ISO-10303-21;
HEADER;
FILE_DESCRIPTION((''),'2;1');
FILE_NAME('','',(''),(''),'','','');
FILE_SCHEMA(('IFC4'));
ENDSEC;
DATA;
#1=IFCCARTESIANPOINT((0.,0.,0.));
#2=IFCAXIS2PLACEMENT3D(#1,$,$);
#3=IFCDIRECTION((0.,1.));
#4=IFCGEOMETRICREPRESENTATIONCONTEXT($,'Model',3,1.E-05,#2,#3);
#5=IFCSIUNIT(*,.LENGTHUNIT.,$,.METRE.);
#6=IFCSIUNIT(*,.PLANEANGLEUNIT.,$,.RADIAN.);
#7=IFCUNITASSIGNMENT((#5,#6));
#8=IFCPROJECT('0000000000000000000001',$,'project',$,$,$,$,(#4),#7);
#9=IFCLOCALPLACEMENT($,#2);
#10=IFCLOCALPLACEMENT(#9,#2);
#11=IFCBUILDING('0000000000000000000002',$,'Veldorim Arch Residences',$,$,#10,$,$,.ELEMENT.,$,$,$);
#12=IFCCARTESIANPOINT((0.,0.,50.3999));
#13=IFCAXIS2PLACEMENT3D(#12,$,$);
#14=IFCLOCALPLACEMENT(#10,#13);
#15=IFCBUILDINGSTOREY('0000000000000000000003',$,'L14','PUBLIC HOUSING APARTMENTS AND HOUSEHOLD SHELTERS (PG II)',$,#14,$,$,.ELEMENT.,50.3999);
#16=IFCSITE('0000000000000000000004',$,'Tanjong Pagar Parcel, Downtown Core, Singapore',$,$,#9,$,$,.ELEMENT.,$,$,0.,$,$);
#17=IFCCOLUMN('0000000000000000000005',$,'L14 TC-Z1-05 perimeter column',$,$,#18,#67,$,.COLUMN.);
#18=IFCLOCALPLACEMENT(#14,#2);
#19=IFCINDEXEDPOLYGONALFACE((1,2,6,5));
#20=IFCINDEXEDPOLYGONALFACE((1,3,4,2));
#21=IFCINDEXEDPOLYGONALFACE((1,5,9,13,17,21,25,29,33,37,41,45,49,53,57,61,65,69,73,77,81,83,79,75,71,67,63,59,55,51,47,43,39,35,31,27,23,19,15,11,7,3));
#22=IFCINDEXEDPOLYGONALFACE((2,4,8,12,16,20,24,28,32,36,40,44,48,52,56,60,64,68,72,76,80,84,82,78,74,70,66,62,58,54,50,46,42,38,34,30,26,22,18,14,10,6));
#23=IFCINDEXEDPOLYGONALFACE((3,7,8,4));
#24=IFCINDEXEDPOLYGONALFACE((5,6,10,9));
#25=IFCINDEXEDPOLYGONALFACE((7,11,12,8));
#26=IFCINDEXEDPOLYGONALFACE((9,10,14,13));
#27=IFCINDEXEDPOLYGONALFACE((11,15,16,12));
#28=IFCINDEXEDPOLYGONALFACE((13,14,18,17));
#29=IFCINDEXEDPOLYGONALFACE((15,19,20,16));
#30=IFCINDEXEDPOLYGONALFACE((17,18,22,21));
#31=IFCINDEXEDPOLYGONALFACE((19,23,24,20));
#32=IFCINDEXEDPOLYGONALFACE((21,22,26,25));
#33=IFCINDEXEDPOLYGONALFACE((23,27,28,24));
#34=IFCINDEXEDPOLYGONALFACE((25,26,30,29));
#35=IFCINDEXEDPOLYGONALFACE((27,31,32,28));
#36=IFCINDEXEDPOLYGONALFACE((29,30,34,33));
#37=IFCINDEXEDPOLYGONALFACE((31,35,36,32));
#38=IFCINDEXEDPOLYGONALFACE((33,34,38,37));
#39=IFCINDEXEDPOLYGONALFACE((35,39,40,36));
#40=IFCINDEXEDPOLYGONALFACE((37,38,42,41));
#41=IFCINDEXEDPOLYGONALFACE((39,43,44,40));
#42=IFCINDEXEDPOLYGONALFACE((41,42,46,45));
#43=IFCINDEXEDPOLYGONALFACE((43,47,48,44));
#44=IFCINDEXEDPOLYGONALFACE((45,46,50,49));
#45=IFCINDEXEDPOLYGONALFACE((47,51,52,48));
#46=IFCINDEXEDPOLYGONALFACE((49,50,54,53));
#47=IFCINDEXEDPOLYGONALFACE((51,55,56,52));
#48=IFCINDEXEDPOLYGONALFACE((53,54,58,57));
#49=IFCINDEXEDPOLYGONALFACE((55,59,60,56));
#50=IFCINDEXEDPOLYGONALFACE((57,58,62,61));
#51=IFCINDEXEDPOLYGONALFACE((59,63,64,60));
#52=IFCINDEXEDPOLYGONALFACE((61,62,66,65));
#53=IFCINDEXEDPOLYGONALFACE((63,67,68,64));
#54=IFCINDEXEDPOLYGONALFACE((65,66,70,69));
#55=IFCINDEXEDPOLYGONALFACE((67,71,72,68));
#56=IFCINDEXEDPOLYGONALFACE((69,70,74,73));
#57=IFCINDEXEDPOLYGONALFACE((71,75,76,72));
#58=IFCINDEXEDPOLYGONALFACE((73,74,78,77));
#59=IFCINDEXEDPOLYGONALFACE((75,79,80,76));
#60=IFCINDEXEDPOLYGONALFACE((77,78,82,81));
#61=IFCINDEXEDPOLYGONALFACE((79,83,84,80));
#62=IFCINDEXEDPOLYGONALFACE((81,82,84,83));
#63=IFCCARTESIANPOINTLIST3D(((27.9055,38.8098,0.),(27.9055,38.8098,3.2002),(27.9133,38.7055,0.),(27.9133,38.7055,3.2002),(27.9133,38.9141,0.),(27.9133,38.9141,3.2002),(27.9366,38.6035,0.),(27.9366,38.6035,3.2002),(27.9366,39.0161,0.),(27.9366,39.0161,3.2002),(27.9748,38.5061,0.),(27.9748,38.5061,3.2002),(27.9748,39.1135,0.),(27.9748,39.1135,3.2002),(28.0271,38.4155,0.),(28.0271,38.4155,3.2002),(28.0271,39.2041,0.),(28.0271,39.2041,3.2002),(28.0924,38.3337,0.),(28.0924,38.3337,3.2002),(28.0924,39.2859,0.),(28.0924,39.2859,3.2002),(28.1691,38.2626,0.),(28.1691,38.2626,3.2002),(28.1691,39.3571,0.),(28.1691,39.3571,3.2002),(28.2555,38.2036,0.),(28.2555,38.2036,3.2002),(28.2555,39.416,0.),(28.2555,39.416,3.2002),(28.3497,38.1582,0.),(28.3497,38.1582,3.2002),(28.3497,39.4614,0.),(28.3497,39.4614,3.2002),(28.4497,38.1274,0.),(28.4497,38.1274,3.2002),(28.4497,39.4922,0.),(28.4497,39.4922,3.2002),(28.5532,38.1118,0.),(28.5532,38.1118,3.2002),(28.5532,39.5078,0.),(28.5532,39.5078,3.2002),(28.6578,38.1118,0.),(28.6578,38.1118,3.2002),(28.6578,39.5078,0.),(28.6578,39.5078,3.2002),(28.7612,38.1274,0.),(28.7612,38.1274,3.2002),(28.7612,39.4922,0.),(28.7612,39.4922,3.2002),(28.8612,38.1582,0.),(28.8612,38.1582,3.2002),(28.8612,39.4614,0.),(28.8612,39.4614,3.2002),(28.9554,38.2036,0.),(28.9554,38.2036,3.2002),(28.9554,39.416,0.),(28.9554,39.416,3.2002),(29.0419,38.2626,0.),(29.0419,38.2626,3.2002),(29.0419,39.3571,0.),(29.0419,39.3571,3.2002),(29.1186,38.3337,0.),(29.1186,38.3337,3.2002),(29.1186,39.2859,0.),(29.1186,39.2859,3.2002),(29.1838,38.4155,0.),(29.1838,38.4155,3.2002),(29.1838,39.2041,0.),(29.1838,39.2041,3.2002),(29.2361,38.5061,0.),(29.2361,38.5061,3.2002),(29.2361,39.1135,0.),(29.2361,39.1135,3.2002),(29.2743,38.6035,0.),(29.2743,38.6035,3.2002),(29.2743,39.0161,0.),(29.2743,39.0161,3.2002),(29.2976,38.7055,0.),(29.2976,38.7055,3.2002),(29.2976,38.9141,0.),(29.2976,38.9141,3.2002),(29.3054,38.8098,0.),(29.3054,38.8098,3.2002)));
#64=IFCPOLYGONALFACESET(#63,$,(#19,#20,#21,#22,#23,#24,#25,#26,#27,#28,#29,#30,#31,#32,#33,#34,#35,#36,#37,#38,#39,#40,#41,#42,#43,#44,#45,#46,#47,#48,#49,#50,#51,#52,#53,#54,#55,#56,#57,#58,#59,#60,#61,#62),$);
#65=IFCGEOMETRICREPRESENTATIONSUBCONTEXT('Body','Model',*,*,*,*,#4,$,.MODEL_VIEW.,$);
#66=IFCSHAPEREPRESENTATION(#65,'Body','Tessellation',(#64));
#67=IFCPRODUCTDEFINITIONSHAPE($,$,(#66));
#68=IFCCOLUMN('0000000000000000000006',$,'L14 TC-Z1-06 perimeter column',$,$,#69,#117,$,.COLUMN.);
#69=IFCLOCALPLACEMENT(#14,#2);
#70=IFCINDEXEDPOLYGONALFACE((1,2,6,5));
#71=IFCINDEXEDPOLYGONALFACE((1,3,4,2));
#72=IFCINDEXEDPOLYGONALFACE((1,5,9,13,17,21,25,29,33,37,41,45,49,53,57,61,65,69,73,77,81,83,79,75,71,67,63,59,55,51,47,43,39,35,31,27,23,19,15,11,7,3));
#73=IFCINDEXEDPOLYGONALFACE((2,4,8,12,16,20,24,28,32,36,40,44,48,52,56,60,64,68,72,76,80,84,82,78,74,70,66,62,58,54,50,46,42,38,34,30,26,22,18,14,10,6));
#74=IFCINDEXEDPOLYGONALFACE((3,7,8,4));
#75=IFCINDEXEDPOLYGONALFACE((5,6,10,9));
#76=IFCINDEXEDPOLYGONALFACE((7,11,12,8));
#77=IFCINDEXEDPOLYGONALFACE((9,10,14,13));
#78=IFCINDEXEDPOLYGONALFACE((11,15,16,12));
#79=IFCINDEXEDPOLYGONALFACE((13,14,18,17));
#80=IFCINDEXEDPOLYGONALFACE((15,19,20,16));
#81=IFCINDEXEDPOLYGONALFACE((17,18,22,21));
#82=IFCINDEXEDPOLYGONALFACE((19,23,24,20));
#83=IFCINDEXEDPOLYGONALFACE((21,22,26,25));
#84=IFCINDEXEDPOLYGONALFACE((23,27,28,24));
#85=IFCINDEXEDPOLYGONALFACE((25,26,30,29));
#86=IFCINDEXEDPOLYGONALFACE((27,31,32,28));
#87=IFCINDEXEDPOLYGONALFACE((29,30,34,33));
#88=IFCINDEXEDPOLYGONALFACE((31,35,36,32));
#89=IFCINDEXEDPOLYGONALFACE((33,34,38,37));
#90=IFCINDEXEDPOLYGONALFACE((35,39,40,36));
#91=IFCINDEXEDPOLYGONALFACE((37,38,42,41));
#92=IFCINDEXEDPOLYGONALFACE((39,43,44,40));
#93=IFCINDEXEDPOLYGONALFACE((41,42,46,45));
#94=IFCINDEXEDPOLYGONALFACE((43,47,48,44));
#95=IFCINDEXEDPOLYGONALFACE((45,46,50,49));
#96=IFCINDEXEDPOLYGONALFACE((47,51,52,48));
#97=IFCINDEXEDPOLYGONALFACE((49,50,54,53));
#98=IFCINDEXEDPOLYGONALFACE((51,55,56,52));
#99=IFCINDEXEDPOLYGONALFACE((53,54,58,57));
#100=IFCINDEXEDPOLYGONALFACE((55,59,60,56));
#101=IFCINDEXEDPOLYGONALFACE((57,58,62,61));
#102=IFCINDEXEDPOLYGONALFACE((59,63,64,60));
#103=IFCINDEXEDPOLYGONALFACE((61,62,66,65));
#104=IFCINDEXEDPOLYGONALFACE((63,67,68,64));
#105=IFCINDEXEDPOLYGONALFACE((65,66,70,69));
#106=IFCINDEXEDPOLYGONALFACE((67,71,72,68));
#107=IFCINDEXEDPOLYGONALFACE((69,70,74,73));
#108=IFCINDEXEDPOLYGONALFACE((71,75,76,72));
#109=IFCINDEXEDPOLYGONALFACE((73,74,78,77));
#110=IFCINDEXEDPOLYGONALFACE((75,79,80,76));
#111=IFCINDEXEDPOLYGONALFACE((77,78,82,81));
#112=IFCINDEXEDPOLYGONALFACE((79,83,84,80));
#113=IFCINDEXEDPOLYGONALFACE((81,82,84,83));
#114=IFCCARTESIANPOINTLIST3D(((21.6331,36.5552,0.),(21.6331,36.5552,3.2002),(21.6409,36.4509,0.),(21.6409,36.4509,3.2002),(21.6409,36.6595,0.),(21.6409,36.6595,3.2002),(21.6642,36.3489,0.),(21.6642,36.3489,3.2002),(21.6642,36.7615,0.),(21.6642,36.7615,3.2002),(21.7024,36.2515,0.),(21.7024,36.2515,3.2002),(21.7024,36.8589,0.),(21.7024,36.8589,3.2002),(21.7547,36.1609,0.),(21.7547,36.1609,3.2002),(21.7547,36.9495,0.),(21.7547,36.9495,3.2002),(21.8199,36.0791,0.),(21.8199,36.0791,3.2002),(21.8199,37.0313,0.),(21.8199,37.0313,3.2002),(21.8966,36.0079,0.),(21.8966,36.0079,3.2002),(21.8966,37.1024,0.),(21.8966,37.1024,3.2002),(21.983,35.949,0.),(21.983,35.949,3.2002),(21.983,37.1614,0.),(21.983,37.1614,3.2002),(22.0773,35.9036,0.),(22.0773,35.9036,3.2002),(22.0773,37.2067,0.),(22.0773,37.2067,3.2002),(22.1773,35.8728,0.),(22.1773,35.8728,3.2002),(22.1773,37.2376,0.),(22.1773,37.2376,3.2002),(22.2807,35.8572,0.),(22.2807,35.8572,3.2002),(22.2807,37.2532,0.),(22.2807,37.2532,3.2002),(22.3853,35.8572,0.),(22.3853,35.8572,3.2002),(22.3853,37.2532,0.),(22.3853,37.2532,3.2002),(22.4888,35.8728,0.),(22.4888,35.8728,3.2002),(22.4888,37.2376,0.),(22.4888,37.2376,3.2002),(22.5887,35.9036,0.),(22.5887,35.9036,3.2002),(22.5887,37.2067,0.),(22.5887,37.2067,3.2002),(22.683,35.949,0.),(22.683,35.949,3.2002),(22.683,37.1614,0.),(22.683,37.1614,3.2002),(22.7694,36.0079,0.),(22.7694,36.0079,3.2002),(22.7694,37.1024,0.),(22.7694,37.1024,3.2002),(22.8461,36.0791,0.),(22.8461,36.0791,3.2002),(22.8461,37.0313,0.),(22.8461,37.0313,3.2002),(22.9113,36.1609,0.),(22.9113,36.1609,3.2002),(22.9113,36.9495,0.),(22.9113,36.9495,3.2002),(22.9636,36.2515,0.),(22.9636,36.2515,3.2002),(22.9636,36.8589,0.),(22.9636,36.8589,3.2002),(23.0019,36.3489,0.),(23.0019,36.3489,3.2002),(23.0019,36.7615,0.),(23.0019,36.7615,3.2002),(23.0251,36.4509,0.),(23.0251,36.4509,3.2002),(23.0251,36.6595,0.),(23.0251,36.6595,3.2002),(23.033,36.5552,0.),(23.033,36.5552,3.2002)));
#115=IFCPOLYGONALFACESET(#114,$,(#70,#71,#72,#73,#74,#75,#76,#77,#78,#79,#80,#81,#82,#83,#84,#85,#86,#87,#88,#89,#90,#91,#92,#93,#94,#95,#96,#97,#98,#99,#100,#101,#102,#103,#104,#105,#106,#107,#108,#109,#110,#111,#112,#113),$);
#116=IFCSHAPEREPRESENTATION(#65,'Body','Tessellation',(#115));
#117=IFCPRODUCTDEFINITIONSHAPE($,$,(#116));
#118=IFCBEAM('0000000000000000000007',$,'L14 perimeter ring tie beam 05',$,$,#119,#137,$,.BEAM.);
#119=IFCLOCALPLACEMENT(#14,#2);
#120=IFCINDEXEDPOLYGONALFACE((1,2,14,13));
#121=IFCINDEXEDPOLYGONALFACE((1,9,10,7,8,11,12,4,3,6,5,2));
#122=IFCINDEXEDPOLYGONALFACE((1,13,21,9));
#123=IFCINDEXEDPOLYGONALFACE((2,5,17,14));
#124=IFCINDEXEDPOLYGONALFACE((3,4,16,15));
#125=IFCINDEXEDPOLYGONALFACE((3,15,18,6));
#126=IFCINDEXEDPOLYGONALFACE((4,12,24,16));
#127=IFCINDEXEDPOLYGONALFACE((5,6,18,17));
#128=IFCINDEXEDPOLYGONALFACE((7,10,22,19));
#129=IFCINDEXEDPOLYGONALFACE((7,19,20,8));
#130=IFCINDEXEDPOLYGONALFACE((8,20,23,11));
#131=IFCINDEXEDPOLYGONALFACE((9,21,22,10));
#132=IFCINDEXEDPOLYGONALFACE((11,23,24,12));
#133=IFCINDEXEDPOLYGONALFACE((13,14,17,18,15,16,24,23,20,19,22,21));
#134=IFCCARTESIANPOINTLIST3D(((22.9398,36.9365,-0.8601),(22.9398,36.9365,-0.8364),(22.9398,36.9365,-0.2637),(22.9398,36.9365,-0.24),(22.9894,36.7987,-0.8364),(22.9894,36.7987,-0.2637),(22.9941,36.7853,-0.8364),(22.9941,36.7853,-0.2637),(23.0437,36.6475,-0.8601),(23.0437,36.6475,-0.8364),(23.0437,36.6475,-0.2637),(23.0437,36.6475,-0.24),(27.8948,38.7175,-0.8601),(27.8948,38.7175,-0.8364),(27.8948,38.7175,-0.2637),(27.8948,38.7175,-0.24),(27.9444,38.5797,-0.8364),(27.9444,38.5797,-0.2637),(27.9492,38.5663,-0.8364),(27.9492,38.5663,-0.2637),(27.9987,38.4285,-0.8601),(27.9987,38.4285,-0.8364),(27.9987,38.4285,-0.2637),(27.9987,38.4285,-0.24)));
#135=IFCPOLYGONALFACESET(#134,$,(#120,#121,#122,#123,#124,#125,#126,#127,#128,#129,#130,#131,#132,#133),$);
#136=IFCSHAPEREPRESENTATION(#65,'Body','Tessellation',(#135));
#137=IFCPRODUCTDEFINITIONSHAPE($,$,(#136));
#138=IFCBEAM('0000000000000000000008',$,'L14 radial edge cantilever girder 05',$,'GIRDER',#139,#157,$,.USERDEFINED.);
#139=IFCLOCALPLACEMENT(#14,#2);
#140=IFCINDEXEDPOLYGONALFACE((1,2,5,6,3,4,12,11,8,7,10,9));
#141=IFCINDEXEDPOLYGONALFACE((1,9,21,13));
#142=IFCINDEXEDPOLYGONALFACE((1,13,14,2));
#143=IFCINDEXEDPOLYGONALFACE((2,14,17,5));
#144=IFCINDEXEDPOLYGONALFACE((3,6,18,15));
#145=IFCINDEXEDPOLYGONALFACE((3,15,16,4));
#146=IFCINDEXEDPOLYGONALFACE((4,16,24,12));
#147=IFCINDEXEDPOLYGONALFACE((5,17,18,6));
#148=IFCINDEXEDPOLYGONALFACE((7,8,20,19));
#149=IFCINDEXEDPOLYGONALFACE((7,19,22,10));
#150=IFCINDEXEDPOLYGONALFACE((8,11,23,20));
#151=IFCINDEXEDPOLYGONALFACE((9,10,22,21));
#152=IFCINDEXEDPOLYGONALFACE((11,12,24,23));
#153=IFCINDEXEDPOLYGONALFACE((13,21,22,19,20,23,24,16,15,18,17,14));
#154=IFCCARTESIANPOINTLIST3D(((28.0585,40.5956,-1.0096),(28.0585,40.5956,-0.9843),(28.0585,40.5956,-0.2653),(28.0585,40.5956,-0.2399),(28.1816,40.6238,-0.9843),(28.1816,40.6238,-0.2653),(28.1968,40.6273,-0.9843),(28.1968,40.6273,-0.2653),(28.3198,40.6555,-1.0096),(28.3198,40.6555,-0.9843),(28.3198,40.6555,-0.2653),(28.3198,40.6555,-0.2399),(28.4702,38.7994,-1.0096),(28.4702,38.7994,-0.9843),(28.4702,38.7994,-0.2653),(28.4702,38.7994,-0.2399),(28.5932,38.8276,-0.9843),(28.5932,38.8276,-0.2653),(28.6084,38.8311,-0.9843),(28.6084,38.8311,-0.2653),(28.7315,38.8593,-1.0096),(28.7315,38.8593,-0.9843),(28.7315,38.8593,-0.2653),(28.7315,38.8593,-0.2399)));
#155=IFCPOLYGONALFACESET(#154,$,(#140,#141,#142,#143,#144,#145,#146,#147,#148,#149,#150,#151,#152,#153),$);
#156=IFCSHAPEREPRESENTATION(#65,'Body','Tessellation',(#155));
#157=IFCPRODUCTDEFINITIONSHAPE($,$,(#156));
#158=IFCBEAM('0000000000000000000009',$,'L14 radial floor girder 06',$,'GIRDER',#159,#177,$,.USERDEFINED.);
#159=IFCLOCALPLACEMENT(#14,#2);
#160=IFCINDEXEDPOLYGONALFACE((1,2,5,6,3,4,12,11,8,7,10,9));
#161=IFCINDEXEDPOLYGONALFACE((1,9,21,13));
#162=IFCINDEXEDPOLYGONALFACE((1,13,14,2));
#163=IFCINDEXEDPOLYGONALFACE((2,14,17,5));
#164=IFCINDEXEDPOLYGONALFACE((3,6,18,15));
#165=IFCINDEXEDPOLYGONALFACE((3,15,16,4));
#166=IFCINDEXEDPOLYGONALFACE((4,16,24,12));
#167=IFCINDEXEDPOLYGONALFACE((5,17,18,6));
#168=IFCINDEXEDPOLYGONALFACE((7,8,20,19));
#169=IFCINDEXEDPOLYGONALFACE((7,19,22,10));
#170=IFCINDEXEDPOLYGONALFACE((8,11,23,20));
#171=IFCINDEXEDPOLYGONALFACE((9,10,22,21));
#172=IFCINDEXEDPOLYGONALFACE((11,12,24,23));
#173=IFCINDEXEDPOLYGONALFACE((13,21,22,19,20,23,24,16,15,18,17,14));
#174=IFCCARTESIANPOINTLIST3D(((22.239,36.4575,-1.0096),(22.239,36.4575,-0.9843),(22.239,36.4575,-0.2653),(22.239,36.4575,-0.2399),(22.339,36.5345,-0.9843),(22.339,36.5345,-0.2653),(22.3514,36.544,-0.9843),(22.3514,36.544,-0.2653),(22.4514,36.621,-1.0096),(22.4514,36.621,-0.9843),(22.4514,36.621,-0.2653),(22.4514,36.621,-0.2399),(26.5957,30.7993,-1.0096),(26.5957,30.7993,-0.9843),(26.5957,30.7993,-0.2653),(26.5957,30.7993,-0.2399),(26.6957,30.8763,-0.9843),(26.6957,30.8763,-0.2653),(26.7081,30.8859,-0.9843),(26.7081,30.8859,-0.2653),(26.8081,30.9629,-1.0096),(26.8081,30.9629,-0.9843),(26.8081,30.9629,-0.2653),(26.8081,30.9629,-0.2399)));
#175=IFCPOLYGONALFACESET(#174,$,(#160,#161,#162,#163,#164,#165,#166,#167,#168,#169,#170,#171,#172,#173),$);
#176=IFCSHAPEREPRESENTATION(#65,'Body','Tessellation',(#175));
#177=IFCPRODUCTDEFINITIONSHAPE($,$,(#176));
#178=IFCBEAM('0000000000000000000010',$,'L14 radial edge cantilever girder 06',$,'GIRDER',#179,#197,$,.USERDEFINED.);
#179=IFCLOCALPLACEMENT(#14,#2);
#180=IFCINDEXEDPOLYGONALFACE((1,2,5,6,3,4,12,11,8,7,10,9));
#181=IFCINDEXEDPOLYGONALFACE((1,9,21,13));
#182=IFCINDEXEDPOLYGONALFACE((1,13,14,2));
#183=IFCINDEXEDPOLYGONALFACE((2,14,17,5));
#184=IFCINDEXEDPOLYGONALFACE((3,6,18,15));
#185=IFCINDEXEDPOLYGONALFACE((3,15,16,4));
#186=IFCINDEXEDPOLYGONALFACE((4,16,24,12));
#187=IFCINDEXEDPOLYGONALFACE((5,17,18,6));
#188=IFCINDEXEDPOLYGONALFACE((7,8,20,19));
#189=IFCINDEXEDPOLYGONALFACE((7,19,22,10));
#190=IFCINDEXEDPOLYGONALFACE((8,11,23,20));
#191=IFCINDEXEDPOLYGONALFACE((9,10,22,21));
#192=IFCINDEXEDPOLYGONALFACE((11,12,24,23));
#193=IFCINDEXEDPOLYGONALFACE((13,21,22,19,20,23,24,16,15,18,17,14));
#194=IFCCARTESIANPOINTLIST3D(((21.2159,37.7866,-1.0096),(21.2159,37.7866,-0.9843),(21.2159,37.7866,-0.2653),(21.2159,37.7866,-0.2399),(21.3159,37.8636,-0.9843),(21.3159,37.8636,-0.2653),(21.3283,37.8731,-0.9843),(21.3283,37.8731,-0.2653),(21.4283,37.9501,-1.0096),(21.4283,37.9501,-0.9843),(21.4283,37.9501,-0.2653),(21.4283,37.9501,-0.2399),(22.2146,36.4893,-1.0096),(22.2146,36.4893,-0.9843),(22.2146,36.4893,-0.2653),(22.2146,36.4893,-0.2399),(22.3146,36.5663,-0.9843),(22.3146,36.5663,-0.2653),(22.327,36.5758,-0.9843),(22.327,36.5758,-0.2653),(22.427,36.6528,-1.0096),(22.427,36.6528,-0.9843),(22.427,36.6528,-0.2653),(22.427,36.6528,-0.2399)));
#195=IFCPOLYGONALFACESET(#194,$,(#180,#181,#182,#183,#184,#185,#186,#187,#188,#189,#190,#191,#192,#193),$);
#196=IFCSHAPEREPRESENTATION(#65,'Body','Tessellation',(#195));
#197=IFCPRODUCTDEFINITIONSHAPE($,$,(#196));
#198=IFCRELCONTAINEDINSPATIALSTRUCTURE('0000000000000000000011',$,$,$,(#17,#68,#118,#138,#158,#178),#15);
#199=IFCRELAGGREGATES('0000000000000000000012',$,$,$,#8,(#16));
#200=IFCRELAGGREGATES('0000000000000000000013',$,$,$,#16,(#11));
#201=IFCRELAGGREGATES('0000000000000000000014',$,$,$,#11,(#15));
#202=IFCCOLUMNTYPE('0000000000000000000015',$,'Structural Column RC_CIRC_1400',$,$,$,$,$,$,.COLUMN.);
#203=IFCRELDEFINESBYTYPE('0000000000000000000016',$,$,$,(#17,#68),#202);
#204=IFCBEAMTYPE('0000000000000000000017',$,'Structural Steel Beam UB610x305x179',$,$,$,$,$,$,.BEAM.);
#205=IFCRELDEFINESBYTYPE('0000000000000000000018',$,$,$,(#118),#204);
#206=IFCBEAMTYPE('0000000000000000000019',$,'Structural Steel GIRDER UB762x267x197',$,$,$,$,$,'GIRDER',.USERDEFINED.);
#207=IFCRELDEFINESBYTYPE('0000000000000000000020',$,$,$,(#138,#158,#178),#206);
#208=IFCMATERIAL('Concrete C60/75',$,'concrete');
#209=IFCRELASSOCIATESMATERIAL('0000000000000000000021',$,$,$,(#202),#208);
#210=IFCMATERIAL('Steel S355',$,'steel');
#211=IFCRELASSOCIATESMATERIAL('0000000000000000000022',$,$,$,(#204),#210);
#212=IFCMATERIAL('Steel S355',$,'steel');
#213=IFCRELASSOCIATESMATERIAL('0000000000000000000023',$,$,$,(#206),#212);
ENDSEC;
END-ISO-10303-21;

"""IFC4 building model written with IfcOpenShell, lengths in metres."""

from ifc_helpers import new_model, si_unit, direction, frame, origin, origin_2d, place, context, subcontext, project, spatial, circle, i_section, extrude, material, material_profile, profile_set, type_object, element, save


model = new_model("IFC4")

# Units and contexts
model_context = context("Model", 3, precision=1e-05, world=origin(), true_north=direction((0.0, 1.0)))
body_context = subcontext(model_context, "Body", "Model", "MODEL_VIEW")
ifc_project = project(units=[si_unit("LENGTHUNIT", "METRE"), si_unit("PLANEANGLEUNIT", "RADIAN")], contexts=[model_context])

# Site, building, storey
site_placement = place(None, origin())
site = spatial("IfcSite", under=ifc_project, at=site_placement, Name="Tanjong Pagar Parcel, Downtown Core, Singapore", CompositionType="ELEMENT", RefElevation=0.0)
building_placement = place(site_placement, origin())
building = spatial("IfcBuilding", under=site, at=building_placement, Name="Veldorim Arch Residences", CompositionType="ELEMENT")
storey_placement = place(building_placement, frame((0.0, 0.0, 50.3999)))
storey = spatial("IfcBuildingStorey", under=building, at=storey_placement, Name="L14", Description="PUBLIC HOUSING APARTMENTS AND HOUSEHOLD SHELTERS (PG II)", CompositionType="ELEMENT", Elevation=50.3999)

# Columns
ifc_material_1 = material(Name="Concrete C60/75", Category="concrete")
ifc_material_profile_1 = material_profile(ifc_material_1, circle(Radius=0.7, at=origin_2d()), Name="RC_CIRC_1400")
ifc_profile_set_1 = profile_set([ifc_material_profile_1], Name="Concrete C60/75")
column_type = type_object("IfcColumnType", Name="Structural Column RC_CIRC_1400", PredefinedType="COLUMN", material=ifc_profile_set_1)
for number, where, z_axis, x_axis, name in (
    (1, (28.6055, 38.8098, 0.0), (0.0, 0.0, 1.0), (1.0, 0.0, 0.0), "L14 TC-Z1-05 perimeter column"),
    (2, (22.333, 36.5552, 0.0), (0.0, 0.0, 1.0), (1.0, 0.0, 0.0), "L14 TC-Z1-06 perimeter column"),
):
    element("IfcColumn", number, at=place(storey_placement, frame(where, z_axis=z_axis, x_axis=x_axis)), inside=storey, type_object=column_type, Name=name, PredefinedType="COLUMN", context=body_context, shape_type="SweptSolid", body=[
        extrude(circle(Radius=0.7, at=origin_2d()), origin(), (0.0, 0.0, 1.0), 3.2002),
    ])

# Beams
ifc_material_2 = material(Name="Steel S355", Category="steel")
ifc_material_profile_2 = material_profile(ifc_material_2, i_section(OverallWidth=0.3071, OverallDepth=0.6201, WebThickness=0.0142, FlangeThickness=0.0237, at=origin_2d()), Name="UB610x305x179")
ifc_profile_set_2 = profile_set([ifc_material_profile_2], Name="Steel S355")
beam_type_1 = type_object("IfcBeamType", Name="Structural Steel Beam UB610x305x179", PredefinedType="BEAM", material=ifc_profile_set_2)
beam_1_placement = place(storey_placement, frame((27.9468, 38.573, -0.55), z_axis=(-0.941058, -0.338245, 0.0), x_axis=(0.338245, -0.941058, 0.0)))
element("IfcBeam", 3, at=beam_1_placement, inside=storey, type_object=beam_type_1, Name="L14 perimeter ring tie beam 05", PredefinedType="BEAM", context=body_context, shape_type="SweptSolid", body=[
    extrude(i_section(OverallWidth=0.3071, OverallDepth=0.6201, WebThickness=0.0142, FlangeThickness=0.0237, at=origin_2d()), origin(), (0.0, 0.0, 1.0), 5.2654),
])
ifc_material_3 = material(Name="Steel S355", Category="steel")
ifc_material_profile_3 = material_profile(ifc_material_3, i_section(OverallWidth=0.2681, OverallDepth=0.7698, WebThickness=0.0156, FlangeThickness=0.0254, at=origin_2d()), Name="UB762x267x197")
ifc_profile_set_3 = profile_set([ifc_material_profile_3], Name="Steel S355")
beam_type_2 = type_object("IfcBeamType", Name="Structural Steel GIRDER UB762x267x197", ElementType="GIRDER", PredefinedType="USERDEFINED", material=ifc_profile_set_3)
beam_2_placement = place(storey_placement, frame((28.6008, 38.8293, -0.6248), z_axis=(-0.223379, 0.974732, 0.0), x_axis=(-0.974732, -0.223379, 0.0)))
element("IfcBeam", 4, at=beam_2_placement, inside=storey, type_object=beam_type_2, Name="L14 radial edge cantilever girder 05", ObjectType="GIRDER", PredefinedType="USERDEFINED", context=body_context, shape_type="SweptSolid", body=[
    extrude(i_section(OverallWidth=0.2681, OverallDepth=0.7698, WebThickness=0.0156, FlangeThickness=0.0254, at=origin_2d()), origin(), (0.0, 0.0, 1.0), 1.8428),
])
beam_3_placement = place(storey_placement, frame((26.7019, 30.8811, -0.6248), z_axis=(-0.610082, 0.792338, 0.0), x_axis=(-0.792338, -0.610082, 0.0)))
element("IfcBeam", 5, at=beam_3_placement, inside=storey, type_object=beam_type_2, Name="L14 radial floor girder 06", ObjectType="GIRDER", PredefinedType="USERDEFINED", context=body_context, shape_type="SweptSolid", body=[
    extrude(i_section(OverallWidth=0.2681, OverallDepth=0.7698, WebThickness=0.0156, FlangeThickness=0.0254, at=origin_2d()), origin(), (0.0, 0.0, 1.0), 7.1411),
])
beam_4_placement = place(storey_placement, frame((22.3208, 36.571, -0.6248), z_axis=(-0.610021, 0.792386, 0.0), x_axis=(-0.792386, -0.610021, 0.0)))
element("IfcBeam", 6, at=beam_4_placement, inside=storey, type_object=beam_type_2, Name="L14 radial edge cantilever girder 06", ObjectType="GIRDER", PredefinedType="USERDEFINED", context=body_context, shape_type="SweptSolid", body=[
    extrude(i_section(OverallWidth=0.2681, OverallDepth=0.7698, WebThickness=0.0156, FlangeThickness=0.0254, at=origin_2d()), origin(), (0.0, 0.0, 1.0), 1.6372),
])

save(model, "model.ifc")
